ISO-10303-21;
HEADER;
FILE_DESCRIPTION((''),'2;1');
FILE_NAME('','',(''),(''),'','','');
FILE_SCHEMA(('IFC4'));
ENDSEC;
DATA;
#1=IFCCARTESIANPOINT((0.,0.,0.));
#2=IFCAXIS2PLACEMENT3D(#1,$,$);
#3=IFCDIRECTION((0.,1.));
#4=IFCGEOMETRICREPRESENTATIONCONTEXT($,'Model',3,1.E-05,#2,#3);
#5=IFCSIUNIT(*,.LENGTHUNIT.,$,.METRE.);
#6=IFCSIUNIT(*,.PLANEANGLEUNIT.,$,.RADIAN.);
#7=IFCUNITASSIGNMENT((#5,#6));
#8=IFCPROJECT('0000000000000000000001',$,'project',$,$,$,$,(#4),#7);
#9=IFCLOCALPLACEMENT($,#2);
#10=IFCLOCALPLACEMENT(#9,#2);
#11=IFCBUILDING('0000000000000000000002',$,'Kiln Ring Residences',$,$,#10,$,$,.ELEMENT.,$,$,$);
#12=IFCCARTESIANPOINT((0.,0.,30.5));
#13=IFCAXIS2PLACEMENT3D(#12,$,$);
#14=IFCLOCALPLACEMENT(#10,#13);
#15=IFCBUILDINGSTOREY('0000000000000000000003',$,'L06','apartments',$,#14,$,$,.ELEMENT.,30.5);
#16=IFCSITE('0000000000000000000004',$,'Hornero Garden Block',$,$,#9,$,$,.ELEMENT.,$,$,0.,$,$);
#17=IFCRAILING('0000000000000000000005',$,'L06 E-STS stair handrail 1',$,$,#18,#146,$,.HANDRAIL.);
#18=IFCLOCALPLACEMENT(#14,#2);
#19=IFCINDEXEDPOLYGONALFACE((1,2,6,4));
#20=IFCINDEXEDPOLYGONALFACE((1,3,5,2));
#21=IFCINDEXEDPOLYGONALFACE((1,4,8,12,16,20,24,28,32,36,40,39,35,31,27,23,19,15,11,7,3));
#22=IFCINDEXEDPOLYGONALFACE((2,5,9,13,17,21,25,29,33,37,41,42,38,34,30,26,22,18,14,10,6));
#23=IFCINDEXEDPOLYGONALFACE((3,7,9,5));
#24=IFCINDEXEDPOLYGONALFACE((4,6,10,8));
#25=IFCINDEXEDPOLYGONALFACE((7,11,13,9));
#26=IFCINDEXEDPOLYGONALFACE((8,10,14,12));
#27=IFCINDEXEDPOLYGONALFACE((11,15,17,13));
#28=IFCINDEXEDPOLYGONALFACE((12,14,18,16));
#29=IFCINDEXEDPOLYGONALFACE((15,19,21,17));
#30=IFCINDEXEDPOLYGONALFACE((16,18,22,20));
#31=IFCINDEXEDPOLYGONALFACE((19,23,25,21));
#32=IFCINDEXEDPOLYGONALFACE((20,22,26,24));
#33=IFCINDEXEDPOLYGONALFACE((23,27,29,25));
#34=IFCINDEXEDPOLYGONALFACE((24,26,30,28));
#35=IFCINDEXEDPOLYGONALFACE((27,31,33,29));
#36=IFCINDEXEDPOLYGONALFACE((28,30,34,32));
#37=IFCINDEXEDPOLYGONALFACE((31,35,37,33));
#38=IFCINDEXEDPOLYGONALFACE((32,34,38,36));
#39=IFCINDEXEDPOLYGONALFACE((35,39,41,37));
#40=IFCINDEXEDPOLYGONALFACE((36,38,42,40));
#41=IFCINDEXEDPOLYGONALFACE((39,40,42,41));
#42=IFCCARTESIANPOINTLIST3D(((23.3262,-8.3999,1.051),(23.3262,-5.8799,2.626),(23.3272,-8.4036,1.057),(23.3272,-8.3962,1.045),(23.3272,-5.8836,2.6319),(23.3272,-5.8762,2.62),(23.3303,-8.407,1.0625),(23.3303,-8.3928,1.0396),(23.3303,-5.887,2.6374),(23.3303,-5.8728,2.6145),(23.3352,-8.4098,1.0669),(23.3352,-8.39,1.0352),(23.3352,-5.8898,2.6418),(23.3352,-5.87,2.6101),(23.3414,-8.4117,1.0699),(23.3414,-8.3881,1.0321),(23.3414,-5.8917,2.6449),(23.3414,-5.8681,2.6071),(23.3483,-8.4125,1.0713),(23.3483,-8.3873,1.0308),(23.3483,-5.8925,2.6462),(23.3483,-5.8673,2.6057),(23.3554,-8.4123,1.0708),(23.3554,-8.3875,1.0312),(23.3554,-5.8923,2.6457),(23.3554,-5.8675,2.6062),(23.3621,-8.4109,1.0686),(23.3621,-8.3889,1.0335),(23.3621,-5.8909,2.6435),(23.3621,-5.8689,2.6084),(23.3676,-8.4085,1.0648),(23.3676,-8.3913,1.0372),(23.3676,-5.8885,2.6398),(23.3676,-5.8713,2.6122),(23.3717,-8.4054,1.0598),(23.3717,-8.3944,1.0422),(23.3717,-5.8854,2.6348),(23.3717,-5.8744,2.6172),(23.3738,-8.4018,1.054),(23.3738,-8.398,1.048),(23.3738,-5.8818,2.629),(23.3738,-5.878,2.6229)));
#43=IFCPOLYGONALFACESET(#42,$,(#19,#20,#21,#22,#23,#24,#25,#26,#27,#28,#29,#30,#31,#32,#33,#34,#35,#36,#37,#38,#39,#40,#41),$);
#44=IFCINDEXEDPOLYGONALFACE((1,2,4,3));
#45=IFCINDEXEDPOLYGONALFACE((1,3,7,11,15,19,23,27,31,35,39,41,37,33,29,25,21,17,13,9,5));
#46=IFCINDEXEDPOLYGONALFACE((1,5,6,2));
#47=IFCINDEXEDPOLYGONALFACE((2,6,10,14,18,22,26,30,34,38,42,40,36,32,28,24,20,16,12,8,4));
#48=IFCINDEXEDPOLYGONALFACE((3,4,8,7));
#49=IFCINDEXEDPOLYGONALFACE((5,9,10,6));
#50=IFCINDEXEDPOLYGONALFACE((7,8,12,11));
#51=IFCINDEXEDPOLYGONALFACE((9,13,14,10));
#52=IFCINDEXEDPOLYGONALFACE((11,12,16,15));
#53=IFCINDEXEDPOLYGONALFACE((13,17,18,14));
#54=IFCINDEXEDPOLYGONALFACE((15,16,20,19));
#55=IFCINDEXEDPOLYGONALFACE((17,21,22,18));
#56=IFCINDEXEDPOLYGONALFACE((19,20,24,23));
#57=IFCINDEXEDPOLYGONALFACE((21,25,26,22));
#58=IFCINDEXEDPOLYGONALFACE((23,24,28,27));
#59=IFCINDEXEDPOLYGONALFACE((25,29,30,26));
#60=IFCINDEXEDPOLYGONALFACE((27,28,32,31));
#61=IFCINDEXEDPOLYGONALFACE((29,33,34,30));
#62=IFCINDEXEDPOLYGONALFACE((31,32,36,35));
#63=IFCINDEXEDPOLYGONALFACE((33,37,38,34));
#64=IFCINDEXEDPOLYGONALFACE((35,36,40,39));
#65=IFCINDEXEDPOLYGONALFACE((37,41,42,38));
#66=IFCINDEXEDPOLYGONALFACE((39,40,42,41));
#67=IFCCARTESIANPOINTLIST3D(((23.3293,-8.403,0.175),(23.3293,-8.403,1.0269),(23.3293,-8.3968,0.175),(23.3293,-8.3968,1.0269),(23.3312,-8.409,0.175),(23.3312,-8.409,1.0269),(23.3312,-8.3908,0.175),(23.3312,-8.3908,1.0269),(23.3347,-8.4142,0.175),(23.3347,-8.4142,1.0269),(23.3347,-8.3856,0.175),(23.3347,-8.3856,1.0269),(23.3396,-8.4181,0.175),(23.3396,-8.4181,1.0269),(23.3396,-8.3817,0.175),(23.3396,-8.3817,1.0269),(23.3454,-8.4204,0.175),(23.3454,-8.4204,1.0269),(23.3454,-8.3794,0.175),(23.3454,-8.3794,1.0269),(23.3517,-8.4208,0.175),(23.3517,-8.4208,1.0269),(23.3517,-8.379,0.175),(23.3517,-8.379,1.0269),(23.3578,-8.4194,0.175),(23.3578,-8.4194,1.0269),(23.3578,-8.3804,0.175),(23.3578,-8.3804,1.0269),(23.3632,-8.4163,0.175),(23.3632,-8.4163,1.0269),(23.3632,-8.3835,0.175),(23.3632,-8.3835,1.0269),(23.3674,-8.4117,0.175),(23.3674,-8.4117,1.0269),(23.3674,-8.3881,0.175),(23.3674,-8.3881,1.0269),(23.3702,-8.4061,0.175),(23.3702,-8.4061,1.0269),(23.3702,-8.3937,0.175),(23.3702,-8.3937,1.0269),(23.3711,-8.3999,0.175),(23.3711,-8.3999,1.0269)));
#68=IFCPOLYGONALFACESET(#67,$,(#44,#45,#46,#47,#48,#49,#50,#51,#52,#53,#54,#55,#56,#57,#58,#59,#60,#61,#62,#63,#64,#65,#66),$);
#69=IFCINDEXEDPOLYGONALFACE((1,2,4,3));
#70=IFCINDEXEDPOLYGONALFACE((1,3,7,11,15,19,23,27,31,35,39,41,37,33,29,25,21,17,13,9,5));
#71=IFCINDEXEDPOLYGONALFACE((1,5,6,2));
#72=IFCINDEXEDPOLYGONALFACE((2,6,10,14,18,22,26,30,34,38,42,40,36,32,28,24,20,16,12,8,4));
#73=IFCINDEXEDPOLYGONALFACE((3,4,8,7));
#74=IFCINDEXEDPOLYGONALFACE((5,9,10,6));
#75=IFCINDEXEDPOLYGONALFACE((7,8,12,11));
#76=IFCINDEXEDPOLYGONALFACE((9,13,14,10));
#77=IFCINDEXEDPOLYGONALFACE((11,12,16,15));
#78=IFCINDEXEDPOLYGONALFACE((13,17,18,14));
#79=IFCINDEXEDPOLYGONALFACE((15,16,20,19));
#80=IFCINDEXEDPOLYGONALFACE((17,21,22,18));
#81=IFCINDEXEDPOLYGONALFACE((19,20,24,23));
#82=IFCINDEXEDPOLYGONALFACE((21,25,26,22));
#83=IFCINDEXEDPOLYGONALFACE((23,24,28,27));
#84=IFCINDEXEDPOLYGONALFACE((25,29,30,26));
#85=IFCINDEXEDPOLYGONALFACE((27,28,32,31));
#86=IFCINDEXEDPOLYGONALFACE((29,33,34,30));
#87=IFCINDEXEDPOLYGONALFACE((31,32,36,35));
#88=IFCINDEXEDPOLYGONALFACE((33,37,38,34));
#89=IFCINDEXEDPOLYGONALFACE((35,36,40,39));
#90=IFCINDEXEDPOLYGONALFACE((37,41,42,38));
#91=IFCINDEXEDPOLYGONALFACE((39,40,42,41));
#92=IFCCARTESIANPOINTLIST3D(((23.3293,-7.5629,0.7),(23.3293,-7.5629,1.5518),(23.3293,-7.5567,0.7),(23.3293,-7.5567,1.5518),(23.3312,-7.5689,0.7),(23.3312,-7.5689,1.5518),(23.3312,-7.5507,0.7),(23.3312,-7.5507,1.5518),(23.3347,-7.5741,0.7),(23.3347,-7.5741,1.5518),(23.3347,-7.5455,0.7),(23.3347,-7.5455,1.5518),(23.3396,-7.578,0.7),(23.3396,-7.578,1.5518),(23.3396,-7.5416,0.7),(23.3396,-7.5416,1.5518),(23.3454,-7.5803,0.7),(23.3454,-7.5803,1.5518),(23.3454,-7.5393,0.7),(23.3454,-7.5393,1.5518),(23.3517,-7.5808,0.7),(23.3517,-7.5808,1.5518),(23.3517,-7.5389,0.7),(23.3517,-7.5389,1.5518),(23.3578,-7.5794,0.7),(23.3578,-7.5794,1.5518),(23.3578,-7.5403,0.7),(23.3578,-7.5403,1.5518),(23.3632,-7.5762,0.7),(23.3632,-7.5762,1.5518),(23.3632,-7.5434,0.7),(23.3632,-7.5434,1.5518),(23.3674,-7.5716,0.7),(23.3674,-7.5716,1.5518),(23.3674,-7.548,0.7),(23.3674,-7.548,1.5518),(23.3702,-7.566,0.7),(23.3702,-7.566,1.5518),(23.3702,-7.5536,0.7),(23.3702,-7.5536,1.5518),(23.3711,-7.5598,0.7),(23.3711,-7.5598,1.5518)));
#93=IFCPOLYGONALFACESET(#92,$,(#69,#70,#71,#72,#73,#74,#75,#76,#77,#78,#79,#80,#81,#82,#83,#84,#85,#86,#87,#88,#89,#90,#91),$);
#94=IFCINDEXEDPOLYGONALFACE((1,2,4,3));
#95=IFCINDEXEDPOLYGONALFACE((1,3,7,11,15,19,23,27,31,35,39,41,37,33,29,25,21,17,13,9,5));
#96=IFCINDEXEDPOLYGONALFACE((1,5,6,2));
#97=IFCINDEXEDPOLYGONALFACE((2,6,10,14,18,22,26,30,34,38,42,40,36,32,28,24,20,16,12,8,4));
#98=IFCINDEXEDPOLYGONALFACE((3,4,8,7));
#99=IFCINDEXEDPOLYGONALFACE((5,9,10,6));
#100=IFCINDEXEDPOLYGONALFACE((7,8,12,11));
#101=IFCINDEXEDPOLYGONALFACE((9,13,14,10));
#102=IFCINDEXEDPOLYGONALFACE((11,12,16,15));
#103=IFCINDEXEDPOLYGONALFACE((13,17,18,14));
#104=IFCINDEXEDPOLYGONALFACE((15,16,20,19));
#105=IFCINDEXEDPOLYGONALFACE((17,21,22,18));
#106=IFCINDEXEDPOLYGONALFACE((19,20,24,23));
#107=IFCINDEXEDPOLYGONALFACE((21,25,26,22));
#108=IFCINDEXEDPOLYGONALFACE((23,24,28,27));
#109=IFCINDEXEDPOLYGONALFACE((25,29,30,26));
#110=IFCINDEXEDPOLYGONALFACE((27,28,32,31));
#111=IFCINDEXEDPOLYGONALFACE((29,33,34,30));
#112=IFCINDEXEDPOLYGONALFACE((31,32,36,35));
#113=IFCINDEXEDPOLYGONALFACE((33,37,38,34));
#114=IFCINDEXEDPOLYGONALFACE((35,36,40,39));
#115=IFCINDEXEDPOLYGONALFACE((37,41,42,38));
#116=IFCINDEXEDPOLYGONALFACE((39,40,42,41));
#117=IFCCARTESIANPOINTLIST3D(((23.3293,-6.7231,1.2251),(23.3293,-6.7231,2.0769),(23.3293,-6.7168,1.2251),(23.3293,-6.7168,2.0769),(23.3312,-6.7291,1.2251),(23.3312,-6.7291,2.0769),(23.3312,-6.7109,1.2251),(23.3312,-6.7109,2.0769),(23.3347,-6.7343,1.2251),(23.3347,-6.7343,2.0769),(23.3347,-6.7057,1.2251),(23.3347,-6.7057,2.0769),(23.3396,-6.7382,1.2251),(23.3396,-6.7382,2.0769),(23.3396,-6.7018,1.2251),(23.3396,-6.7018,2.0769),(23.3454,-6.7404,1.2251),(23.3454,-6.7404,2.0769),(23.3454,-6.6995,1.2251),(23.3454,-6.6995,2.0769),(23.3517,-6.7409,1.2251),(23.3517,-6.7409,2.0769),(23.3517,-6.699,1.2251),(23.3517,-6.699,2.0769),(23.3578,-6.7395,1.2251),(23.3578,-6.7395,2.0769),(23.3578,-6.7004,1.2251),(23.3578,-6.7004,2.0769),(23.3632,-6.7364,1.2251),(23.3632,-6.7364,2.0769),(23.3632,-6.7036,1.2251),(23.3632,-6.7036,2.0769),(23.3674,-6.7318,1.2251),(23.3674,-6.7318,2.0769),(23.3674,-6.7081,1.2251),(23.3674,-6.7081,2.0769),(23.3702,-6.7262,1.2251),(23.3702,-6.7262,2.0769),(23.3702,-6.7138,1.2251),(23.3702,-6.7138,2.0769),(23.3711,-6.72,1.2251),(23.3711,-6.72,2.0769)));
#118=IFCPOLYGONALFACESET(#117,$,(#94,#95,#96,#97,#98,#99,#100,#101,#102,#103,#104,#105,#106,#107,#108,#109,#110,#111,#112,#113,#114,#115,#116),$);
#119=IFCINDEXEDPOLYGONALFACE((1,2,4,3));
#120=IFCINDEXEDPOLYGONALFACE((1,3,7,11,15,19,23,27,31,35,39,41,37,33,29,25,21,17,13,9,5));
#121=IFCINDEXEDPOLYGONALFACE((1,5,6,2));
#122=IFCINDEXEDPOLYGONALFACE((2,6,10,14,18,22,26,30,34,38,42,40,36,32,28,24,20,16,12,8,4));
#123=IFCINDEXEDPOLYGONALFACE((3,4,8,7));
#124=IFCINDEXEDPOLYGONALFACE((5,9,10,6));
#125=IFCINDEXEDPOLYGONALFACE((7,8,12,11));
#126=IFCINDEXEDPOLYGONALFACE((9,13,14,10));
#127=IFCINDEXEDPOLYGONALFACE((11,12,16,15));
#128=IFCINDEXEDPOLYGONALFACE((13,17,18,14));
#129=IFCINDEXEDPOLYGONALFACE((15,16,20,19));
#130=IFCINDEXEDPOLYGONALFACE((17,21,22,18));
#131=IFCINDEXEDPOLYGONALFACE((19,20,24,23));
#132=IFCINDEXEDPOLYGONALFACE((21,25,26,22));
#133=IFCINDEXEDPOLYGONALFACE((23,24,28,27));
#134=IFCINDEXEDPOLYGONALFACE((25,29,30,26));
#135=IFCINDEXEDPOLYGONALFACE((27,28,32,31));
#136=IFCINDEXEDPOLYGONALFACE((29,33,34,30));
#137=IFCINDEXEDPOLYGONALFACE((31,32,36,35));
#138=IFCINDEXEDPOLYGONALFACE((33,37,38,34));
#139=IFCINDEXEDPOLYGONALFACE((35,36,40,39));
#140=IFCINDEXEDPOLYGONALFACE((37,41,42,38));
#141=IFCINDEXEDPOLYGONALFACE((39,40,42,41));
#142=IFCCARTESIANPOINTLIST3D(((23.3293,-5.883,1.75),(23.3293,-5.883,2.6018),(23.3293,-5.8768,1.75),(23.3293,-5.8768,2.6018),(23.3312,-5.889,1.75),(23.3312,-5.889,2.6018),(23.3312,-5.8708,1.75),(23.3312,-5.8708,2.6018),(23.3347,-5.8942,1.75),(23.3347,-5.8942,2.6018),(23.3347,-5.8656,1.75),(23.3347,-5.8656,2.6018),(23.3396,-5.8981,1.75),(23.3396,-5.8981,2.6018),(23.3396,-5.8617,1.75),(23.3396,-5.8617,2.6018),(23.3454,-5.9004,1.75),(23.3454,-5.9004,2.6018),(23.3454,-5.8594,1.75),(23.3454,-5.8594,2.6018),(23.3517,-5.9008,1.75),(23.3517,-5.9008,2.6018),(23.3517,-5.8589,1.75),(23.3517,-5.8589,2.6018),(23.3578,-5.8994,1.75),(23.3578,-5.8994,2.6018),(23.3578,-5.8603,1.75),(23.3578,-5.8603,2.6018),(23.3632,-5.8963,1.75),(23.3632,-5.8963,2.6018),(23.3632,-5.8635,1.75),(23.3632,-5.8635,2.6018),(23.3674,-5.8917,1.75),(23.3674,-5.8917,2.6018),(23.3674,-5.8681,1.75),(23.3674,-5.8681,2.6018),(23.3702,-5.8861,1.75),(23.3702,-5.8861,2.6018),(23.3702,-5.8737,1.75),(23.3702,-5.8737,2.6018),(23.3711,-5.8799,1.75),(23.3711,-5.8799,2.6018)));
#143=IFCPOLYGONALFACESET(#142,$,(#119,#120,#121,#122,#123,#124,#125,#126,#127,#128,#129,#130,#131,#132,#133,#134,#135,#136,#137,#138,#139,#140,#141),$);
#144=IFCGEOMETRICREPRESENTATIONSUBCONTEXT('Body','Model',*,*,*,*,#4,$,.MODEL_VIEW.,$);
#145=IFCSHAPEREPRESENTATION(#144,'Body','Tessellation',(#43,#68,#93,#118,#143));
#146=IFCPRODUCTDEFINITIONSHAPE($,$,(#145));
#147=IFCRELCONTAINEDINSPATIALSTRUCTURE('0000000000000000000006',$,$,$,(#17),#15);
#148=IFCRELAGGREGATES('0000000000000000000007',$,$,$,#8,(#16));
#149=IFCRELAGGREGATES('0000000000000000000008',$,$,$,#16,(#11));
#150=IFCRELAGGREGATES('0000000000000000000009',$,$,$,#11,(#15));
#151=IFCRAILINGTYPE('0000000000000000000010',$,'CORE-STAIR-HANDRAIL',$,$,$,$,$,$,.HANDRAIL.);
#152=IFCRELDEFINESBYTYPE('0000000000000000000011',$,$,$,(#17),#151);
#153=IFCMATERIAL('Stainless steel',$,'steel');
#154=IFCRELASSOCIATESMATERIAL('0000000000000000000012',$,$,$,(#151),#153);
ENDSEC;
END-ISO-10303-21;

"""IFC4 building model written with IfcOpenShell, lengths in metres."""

from ifc_helpers import new_model, si_unit, direction, frame, origin, origin_2d, place, context, subcontext, project, spatial, circle, extrude, material, type_object, element, save


model = new_model("IFC4")

# Units and contexts
model_context = context("Model", 3, precision=1e-05, world=origin(), true_north=direction((0.0, 1.0)))
body_context = subcontext(model_context, "Body", "Model", "MODEL_VIEW")
ifc_project = project(units=[si_unit("LENGTHUNIT", "METRE"), si_unit("PLANEANGLEUNIT", "RADIAN")], contexts=[model_context])

# Site, building, storey
site_placement = place(None, origin())
site = spatial("IfcSite", under=ifc_project, at=site_placement, Name="Hornero Garden Block", CompositionType="ELEMENT", RefElevation=0.0)
building_placement = place(site_placement, origin())
building = spatial("IfcBuilding", under=site, at=building_placement, Name="Kiln Ring Residences", CompositionType="ELEMENT")
storey_placement = place(building_placement, frame((0.0, 0.0, 30.5)))
storey = spatial("IfcBuildingStorey", under=building, at=storey_placement, Name="L06", Description="apartments", CompositionType="ELEMENT", Elevation=30.5)

# Railing
ifc_material_1 = material(Name="Stainless steel", Category="steel")
railing_type_1 = type_object("IfcRailingType", Name="CORE-STAIR-HANDRAIL", PredefinedType="HANDRAIL", material=ifc_material_1)
railing_1_placement = place(storey_placement, frame((23.3501, -8.3999, 0.175)))
element("IfcRailing", 1, at=railing_1_placement, inside=storey, type_object=railing_type_1, Name="L06 E-STS stair handrail 1", PredefinedType="HANDRAIL", context=body_context, shape_type="SweptSolid", body=[
    extrude(circle(Radius=0.0239, at=origin_2d()), frame((0.0, 0.0, 0.876), z_axis=(0.0, 0.848008, 0.529984), x_axis=(-1.0, 0.0, 0.0)), (0.0, 0.0, 1.0), 2.9717),
    extrude(circle(Radius=0.021, at=origin_2d()), origin(), (0.0, 0.0, 1.0), 0.8518),
    extrude(circle(Radius=0.021, at=origin_2d()), frame((0.0, 0.8401, 0.5249)), (0.0, 0.0, 1.0), 0.8518),
    extrude(circle(Radius=0.021, at=origin_2d()), frame((0.0, 1.6799, 1.05)), (0.0, 0.0, 1.0), 0.8518),
    extrude(circle(Radius=0.021, at=origin_2d()), frame((0.0, 2.52, 1.575)), (0.0, 0.0, 1.0), 0.8518),
])

save(model, "model.ifc")
